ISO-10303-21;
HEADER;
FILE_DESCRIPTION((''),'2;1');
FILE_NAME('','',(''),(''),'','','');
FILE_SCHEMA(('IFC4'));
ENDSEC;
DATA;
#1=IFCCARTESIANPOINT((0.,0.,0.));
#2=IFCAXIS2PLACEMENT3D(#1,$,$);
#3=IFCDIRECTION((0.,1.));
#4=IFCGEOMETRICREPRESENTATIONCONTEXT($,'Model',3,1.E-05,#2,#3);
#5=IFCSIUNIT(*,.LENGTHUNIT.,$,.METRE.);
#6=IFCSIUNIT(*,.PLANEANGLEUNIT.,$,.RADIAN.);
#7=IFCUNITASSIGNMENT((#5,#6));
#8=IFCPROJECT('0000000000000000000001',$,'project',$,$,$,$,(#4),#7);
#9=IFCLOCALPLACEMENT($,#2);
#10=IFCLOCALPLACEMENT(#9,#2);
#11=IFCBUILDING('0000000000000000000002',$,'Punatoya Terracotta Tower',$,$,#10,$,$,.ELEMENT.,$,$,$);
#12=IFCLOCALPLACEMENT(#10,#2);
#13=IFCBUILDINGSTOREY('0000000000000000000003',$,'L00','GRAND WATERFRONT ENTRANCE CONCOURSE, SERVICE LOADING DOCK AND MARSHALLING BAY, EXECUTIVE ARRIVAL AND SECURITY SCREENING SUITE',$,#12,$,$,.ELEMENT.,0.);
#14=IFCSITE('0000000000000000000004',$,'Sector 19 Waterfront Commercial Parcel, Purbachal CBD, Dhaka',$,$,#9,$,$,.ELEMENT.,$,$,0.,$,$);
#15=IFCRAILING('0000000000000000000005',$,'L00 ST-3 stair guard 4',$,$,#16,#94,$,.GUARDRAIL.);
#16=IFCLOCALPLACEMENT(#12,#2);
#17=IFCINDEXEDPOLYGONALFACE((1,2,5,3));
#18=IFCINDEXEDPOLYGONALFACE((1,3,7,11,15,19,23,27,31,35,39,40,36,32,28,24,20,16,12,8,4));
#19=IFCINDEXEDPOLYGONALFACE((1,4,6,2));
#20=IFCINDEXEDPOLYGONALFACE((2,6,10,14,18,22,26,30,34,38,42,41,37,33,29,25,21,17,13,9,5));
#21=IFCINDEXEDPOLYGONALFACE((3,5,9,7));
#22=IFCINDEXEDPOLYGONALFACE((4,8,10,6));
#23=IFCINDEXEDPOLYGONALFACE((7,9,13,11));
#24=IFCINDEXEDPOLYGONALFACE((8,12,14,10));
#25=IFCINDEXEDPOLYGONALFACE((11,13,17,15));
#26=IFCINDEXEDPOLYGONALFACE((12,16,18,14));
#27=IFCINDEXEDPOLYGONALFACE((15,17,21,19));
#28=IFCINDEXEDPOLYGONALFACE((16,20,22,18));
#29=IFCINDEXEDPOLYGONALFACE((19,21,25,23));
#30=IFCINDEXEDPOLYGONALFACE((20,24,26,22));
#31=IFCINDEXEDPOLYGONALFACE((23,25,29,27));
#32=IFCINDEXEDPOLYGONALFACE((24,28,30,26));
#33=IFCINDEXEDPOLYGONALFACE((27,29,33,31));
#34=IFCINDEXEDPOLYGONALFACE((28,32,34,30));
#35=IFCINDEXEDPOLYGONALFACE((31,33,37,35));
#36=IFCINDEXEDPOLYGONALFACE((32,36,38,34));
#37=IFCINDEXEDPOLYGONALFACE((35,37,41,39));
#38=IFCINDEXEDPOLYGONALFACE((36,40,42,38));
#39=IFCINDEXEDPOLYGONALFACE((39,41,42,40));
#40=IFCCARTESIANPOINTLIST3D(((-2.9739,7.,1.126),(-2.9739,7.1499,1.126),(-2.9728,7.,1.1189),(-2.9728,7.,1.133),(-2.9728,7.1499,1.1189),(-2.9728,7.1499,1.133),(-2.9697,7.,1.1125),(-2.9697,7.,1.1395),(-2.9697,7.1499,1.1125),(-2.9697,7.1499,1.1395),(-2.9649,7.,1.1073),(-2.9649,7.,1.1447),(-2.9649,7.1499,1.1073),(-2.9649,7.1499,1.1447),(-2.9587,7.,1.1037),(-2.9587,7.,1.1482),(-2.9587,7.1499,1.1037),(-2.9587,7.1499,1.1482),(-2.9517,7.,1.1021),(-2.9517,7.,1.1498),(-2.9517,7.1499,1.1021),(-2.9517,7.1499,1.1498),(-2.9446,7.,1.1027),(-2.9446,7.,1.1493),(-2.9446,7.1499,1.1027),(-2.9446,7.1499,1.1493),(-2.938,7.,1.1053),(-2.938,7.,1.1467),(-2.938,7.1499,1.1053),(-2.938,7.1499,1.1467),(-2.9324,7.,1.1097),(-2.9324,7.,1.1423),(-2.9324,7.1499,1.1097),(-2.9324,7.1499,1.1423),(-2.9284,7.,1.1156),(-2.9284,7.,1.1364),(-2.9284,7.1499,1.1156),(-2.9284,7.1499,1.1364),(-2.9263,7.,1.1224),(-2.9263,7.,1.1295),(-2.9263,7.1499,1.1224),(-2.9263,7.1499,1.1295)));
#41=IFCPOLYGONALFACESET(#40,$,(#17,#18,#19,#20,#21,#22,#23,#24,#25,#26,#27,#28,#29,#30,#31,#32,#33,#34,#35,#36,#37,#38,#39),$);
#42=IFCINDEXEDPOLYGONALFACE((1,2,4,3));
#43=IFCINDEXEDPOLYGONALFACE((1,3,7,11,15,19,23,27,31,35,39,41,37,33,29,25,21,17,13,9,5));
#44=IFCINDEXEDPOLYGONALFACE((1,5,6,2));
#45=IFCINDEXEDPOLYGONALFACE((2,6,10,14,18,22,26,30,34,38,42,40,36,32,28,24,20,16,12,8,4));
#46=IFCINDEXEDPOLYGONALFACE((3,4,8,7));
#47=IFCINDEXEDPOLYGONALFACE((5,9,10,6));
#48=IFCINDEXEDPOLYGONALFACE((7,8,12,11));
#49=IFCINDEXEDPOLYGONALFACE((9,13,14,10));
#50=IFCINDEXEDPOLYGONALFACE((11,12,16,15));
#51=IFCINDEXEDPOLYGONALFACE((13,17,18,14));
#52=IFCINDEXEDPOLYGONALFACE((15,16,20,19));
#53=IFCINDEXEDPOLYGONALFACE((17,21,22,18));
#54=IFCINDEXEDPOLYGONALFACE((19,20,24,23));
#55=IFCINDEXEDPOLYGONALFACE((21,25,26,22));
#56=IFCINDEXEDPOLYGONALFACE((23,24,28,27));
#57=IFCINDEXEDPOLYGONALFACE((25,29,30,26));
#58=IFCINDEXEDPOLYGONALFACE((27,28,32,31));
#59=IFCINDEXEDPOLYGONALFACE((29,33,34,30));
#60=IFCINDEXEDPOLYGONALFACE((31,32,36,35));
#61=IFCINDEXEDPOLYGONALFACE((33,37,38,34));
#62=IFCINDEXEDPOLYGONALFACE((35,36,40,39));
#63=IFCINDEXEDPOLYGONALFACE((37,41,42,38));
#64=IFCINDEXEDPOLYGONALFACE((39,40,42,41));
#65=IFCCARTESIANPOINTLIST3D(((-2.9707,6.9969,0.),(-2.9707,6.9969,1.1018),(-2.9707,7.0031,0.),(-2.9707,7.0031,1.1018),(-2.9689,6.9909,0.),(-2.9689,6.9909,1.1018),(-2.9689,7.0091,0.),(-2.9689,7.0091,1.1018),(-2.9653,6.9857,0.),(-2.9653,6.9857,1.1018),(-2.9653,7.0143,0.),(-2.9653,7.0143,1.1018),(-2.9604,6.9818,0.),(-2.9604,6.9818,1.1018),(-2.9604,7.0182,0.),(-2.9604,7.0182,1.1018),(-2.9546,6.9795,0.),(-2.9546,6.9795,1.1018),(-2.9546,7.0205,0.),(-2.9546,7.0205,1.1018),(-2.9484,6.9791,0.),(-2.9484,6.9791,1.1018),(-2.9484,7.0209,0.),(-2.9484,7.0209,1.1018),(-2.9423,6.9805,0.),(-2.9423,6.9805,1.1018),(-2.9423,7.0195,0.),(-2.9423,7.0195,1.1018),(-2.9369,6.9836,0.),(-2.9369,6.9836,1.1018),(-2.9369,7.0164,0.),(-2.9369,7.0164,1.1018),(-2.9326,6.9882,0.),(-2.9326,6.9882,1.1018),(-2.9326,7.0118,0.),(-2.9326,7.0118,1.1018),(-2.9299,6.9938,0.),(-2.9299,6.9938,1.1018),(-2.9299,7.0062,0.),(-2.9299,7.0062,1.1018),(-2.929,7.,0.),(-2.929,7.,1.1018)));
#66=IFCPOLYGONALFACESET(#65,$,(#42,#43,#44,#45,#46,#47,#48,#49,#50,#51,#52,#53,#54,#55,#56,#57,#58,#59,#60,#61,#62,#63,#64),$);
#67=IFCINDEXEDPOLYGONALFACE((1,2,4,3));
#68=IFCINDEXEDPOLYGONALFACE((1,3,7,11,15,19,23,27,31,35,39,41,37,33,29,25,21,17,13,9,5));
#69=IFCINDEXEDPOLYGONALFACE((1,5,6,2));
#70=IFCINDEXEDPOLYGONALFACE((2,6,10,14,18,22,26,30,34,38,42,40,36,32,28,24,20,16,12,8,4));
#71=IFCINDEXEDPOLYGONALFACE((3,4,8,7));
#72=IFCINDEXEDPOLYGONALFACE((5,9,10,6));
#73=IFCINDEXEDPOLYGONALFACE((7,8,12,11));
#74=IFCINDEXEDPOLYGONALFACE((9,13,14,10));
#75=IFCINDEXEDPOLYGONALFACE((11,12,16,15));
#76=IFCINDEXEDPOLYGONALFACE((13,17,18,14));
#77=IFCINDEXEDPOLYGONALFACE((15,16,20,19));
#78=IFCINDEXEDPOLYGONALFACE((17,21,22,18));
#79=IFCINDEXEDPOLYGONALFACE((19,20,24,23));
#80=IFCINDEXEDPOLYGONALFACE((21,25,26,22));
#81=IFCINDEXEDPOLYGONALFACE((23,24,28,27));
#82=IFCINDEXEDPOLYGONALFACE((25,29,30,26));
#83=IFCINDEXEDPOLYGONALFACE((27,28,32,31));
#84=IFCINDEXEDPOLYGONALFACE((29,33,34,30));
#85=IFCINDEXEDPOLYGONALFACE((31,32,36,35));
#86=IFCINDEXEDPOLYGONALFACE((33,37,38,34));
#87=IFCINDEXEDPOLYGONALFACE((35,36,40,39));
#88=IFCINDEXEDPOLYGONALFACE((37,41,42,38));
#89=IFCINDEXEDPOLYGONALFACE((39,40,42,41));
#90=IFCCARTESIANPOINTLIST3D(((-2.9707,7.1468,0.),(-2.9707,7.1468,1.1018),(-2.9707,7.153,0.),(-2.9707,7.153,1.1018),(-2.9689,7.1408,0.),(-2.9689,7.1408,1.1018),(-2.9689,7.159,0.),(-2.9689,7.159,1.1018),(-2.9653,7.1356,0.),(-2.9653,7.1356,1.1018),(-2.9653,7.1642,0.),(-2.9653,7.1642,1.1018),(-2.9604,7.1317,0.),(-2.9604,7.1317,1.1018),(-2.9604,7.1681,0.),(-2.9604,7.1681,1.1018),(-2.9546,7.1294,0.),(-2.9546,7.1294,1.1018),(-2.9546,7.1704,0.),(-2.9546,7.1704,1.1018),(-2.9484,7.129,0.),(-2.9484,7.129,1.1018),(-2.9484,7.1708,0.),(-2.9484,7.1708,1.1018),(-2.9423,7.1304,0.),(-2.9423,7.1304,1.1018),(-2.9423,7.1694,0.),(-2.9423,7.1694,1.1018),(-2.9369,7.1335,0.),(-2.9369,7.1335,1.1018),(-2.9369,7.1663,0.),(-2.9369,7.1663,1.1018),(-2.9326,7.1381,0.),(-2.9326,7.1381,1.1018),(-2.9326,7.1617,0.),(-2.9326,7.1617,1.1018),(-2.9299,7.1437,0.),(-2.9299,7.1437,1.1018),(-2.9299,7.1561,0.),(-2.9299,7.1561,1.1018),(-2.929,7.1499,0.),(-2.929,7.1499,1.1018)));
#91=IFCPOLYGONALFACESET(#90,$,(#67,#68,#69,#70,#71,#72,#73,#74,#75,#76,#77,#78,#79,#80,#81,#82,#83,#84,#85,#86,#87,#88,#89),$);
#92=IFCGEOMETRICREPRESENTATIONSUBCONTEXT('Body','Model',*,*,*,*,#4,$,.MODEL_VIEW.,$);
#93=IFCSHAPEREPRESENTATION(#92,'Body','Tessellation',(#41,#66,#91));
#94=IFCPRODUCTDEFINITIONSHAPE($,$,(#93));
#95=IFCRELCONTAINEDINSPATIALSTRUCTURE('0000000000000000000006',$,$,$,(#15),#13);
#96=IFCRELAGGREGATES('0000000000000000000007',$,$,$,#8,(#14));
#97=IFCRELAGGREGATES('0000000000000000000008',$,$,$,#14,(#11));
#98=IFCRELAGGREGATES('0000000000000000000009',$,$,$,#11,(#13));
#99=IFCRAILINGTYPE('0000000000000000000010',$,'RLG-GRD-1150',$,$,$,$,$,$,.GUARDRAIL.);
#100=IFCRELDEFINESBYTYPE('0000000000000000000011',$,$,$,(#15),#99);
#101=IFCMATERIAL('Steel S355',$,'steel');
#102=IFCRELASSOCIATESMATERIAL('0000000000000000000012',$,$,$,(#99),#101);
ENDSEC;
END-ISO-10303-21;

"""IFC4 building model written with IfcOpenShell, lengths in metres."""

from ifc_helpers import new_model, si_unit, direction, frame, origin, origin_2d, place, context, subcontext, project, spatial, circle, extrude, material, type_object, element, save


model = new_model("IFC4")

# Units and contexts
model_context = context("Model", 3, precision=1e-05, world=origin(), true_north=direction((0.0, 1.0)))
body_context = subcontext(model_context, "Body", "Model", "MODEL_VIEW")
ifc_project = project(units=[si_unit("LENGTHUNIT", "METRE"), si_unit("PLANEANGLEUNIT", "RADIAN")], contexts=[model_context])

# Site, building, storey
site_placement = place(None, origin())
site = spatial("IfcSite", under=ifc_project, at=site_placement, Name="Sector 19 Waterfront Commercial Parcel, Purbachal CBD, Dhaka", CompositionType="ELEMENT", RefElevation=0.0)
building_placement = place(site_placement, origin())
building = spatial("IfcBuilding", under=site, at=building_placement, Name="Punatoya Terracotta Tower", CompositionType="ELEMENT")
storey_placement = place(building_placement, origin())
storey = spatial("IfcBuildingStorey", under=building, at=storey_placement, Name="L00", Description="GRAND WATERFRONT ENTRANCE CONCOURSE, SERVICE LOADING DOCK AND MARSHALLING BAY, EXECUTIVE ARRIVAL AND SECURITY SCREENING SUITE", CompositionType="ELEMENT", Elevation=0.0)

# Shared definitions
ifc_material_1 = material(Name="Steel S355", Category="steel")

# Railing
railing_type_1 = type_object("IfcRailingType", Name="RLG-GRD-1150", PredefinedType="GUARDRAIL", material=ifc_material_1)
railing_1_placement = place(storey_placement, frame((-2.95, 7.0, 0.0)))
element("IfcRailing", 1, at=railing_1_placement, inside=storey, type_object=railing_type_1, Name="L00 ST-3 stair guard 4", PredefinedType="GUARDRAIL", context=body_context, shape_type="SweptSolid", body=[
    extrude(circle(Radius=0.0239, at=origin_2d()), frame((0.0, 0.0, 1.126), z_axis=(0.0, 1.0, 0.0), x_axis=(-1.0, 0.0, 0.0)), (0.0, 0.0, 1.0), 0.1499),
    extrude(circle(Radius=0.021, at=origin_2d()), origin(), (0.0, 0.0, 1.0), 1.1018),
    extrude(circle(Radius=0.021, at=origin_2d()), frame((0.0, 0.1499, 0.0)), (0.0, 0.0, 1.0), 1.1018),
])

save(model, "model.ifc")
